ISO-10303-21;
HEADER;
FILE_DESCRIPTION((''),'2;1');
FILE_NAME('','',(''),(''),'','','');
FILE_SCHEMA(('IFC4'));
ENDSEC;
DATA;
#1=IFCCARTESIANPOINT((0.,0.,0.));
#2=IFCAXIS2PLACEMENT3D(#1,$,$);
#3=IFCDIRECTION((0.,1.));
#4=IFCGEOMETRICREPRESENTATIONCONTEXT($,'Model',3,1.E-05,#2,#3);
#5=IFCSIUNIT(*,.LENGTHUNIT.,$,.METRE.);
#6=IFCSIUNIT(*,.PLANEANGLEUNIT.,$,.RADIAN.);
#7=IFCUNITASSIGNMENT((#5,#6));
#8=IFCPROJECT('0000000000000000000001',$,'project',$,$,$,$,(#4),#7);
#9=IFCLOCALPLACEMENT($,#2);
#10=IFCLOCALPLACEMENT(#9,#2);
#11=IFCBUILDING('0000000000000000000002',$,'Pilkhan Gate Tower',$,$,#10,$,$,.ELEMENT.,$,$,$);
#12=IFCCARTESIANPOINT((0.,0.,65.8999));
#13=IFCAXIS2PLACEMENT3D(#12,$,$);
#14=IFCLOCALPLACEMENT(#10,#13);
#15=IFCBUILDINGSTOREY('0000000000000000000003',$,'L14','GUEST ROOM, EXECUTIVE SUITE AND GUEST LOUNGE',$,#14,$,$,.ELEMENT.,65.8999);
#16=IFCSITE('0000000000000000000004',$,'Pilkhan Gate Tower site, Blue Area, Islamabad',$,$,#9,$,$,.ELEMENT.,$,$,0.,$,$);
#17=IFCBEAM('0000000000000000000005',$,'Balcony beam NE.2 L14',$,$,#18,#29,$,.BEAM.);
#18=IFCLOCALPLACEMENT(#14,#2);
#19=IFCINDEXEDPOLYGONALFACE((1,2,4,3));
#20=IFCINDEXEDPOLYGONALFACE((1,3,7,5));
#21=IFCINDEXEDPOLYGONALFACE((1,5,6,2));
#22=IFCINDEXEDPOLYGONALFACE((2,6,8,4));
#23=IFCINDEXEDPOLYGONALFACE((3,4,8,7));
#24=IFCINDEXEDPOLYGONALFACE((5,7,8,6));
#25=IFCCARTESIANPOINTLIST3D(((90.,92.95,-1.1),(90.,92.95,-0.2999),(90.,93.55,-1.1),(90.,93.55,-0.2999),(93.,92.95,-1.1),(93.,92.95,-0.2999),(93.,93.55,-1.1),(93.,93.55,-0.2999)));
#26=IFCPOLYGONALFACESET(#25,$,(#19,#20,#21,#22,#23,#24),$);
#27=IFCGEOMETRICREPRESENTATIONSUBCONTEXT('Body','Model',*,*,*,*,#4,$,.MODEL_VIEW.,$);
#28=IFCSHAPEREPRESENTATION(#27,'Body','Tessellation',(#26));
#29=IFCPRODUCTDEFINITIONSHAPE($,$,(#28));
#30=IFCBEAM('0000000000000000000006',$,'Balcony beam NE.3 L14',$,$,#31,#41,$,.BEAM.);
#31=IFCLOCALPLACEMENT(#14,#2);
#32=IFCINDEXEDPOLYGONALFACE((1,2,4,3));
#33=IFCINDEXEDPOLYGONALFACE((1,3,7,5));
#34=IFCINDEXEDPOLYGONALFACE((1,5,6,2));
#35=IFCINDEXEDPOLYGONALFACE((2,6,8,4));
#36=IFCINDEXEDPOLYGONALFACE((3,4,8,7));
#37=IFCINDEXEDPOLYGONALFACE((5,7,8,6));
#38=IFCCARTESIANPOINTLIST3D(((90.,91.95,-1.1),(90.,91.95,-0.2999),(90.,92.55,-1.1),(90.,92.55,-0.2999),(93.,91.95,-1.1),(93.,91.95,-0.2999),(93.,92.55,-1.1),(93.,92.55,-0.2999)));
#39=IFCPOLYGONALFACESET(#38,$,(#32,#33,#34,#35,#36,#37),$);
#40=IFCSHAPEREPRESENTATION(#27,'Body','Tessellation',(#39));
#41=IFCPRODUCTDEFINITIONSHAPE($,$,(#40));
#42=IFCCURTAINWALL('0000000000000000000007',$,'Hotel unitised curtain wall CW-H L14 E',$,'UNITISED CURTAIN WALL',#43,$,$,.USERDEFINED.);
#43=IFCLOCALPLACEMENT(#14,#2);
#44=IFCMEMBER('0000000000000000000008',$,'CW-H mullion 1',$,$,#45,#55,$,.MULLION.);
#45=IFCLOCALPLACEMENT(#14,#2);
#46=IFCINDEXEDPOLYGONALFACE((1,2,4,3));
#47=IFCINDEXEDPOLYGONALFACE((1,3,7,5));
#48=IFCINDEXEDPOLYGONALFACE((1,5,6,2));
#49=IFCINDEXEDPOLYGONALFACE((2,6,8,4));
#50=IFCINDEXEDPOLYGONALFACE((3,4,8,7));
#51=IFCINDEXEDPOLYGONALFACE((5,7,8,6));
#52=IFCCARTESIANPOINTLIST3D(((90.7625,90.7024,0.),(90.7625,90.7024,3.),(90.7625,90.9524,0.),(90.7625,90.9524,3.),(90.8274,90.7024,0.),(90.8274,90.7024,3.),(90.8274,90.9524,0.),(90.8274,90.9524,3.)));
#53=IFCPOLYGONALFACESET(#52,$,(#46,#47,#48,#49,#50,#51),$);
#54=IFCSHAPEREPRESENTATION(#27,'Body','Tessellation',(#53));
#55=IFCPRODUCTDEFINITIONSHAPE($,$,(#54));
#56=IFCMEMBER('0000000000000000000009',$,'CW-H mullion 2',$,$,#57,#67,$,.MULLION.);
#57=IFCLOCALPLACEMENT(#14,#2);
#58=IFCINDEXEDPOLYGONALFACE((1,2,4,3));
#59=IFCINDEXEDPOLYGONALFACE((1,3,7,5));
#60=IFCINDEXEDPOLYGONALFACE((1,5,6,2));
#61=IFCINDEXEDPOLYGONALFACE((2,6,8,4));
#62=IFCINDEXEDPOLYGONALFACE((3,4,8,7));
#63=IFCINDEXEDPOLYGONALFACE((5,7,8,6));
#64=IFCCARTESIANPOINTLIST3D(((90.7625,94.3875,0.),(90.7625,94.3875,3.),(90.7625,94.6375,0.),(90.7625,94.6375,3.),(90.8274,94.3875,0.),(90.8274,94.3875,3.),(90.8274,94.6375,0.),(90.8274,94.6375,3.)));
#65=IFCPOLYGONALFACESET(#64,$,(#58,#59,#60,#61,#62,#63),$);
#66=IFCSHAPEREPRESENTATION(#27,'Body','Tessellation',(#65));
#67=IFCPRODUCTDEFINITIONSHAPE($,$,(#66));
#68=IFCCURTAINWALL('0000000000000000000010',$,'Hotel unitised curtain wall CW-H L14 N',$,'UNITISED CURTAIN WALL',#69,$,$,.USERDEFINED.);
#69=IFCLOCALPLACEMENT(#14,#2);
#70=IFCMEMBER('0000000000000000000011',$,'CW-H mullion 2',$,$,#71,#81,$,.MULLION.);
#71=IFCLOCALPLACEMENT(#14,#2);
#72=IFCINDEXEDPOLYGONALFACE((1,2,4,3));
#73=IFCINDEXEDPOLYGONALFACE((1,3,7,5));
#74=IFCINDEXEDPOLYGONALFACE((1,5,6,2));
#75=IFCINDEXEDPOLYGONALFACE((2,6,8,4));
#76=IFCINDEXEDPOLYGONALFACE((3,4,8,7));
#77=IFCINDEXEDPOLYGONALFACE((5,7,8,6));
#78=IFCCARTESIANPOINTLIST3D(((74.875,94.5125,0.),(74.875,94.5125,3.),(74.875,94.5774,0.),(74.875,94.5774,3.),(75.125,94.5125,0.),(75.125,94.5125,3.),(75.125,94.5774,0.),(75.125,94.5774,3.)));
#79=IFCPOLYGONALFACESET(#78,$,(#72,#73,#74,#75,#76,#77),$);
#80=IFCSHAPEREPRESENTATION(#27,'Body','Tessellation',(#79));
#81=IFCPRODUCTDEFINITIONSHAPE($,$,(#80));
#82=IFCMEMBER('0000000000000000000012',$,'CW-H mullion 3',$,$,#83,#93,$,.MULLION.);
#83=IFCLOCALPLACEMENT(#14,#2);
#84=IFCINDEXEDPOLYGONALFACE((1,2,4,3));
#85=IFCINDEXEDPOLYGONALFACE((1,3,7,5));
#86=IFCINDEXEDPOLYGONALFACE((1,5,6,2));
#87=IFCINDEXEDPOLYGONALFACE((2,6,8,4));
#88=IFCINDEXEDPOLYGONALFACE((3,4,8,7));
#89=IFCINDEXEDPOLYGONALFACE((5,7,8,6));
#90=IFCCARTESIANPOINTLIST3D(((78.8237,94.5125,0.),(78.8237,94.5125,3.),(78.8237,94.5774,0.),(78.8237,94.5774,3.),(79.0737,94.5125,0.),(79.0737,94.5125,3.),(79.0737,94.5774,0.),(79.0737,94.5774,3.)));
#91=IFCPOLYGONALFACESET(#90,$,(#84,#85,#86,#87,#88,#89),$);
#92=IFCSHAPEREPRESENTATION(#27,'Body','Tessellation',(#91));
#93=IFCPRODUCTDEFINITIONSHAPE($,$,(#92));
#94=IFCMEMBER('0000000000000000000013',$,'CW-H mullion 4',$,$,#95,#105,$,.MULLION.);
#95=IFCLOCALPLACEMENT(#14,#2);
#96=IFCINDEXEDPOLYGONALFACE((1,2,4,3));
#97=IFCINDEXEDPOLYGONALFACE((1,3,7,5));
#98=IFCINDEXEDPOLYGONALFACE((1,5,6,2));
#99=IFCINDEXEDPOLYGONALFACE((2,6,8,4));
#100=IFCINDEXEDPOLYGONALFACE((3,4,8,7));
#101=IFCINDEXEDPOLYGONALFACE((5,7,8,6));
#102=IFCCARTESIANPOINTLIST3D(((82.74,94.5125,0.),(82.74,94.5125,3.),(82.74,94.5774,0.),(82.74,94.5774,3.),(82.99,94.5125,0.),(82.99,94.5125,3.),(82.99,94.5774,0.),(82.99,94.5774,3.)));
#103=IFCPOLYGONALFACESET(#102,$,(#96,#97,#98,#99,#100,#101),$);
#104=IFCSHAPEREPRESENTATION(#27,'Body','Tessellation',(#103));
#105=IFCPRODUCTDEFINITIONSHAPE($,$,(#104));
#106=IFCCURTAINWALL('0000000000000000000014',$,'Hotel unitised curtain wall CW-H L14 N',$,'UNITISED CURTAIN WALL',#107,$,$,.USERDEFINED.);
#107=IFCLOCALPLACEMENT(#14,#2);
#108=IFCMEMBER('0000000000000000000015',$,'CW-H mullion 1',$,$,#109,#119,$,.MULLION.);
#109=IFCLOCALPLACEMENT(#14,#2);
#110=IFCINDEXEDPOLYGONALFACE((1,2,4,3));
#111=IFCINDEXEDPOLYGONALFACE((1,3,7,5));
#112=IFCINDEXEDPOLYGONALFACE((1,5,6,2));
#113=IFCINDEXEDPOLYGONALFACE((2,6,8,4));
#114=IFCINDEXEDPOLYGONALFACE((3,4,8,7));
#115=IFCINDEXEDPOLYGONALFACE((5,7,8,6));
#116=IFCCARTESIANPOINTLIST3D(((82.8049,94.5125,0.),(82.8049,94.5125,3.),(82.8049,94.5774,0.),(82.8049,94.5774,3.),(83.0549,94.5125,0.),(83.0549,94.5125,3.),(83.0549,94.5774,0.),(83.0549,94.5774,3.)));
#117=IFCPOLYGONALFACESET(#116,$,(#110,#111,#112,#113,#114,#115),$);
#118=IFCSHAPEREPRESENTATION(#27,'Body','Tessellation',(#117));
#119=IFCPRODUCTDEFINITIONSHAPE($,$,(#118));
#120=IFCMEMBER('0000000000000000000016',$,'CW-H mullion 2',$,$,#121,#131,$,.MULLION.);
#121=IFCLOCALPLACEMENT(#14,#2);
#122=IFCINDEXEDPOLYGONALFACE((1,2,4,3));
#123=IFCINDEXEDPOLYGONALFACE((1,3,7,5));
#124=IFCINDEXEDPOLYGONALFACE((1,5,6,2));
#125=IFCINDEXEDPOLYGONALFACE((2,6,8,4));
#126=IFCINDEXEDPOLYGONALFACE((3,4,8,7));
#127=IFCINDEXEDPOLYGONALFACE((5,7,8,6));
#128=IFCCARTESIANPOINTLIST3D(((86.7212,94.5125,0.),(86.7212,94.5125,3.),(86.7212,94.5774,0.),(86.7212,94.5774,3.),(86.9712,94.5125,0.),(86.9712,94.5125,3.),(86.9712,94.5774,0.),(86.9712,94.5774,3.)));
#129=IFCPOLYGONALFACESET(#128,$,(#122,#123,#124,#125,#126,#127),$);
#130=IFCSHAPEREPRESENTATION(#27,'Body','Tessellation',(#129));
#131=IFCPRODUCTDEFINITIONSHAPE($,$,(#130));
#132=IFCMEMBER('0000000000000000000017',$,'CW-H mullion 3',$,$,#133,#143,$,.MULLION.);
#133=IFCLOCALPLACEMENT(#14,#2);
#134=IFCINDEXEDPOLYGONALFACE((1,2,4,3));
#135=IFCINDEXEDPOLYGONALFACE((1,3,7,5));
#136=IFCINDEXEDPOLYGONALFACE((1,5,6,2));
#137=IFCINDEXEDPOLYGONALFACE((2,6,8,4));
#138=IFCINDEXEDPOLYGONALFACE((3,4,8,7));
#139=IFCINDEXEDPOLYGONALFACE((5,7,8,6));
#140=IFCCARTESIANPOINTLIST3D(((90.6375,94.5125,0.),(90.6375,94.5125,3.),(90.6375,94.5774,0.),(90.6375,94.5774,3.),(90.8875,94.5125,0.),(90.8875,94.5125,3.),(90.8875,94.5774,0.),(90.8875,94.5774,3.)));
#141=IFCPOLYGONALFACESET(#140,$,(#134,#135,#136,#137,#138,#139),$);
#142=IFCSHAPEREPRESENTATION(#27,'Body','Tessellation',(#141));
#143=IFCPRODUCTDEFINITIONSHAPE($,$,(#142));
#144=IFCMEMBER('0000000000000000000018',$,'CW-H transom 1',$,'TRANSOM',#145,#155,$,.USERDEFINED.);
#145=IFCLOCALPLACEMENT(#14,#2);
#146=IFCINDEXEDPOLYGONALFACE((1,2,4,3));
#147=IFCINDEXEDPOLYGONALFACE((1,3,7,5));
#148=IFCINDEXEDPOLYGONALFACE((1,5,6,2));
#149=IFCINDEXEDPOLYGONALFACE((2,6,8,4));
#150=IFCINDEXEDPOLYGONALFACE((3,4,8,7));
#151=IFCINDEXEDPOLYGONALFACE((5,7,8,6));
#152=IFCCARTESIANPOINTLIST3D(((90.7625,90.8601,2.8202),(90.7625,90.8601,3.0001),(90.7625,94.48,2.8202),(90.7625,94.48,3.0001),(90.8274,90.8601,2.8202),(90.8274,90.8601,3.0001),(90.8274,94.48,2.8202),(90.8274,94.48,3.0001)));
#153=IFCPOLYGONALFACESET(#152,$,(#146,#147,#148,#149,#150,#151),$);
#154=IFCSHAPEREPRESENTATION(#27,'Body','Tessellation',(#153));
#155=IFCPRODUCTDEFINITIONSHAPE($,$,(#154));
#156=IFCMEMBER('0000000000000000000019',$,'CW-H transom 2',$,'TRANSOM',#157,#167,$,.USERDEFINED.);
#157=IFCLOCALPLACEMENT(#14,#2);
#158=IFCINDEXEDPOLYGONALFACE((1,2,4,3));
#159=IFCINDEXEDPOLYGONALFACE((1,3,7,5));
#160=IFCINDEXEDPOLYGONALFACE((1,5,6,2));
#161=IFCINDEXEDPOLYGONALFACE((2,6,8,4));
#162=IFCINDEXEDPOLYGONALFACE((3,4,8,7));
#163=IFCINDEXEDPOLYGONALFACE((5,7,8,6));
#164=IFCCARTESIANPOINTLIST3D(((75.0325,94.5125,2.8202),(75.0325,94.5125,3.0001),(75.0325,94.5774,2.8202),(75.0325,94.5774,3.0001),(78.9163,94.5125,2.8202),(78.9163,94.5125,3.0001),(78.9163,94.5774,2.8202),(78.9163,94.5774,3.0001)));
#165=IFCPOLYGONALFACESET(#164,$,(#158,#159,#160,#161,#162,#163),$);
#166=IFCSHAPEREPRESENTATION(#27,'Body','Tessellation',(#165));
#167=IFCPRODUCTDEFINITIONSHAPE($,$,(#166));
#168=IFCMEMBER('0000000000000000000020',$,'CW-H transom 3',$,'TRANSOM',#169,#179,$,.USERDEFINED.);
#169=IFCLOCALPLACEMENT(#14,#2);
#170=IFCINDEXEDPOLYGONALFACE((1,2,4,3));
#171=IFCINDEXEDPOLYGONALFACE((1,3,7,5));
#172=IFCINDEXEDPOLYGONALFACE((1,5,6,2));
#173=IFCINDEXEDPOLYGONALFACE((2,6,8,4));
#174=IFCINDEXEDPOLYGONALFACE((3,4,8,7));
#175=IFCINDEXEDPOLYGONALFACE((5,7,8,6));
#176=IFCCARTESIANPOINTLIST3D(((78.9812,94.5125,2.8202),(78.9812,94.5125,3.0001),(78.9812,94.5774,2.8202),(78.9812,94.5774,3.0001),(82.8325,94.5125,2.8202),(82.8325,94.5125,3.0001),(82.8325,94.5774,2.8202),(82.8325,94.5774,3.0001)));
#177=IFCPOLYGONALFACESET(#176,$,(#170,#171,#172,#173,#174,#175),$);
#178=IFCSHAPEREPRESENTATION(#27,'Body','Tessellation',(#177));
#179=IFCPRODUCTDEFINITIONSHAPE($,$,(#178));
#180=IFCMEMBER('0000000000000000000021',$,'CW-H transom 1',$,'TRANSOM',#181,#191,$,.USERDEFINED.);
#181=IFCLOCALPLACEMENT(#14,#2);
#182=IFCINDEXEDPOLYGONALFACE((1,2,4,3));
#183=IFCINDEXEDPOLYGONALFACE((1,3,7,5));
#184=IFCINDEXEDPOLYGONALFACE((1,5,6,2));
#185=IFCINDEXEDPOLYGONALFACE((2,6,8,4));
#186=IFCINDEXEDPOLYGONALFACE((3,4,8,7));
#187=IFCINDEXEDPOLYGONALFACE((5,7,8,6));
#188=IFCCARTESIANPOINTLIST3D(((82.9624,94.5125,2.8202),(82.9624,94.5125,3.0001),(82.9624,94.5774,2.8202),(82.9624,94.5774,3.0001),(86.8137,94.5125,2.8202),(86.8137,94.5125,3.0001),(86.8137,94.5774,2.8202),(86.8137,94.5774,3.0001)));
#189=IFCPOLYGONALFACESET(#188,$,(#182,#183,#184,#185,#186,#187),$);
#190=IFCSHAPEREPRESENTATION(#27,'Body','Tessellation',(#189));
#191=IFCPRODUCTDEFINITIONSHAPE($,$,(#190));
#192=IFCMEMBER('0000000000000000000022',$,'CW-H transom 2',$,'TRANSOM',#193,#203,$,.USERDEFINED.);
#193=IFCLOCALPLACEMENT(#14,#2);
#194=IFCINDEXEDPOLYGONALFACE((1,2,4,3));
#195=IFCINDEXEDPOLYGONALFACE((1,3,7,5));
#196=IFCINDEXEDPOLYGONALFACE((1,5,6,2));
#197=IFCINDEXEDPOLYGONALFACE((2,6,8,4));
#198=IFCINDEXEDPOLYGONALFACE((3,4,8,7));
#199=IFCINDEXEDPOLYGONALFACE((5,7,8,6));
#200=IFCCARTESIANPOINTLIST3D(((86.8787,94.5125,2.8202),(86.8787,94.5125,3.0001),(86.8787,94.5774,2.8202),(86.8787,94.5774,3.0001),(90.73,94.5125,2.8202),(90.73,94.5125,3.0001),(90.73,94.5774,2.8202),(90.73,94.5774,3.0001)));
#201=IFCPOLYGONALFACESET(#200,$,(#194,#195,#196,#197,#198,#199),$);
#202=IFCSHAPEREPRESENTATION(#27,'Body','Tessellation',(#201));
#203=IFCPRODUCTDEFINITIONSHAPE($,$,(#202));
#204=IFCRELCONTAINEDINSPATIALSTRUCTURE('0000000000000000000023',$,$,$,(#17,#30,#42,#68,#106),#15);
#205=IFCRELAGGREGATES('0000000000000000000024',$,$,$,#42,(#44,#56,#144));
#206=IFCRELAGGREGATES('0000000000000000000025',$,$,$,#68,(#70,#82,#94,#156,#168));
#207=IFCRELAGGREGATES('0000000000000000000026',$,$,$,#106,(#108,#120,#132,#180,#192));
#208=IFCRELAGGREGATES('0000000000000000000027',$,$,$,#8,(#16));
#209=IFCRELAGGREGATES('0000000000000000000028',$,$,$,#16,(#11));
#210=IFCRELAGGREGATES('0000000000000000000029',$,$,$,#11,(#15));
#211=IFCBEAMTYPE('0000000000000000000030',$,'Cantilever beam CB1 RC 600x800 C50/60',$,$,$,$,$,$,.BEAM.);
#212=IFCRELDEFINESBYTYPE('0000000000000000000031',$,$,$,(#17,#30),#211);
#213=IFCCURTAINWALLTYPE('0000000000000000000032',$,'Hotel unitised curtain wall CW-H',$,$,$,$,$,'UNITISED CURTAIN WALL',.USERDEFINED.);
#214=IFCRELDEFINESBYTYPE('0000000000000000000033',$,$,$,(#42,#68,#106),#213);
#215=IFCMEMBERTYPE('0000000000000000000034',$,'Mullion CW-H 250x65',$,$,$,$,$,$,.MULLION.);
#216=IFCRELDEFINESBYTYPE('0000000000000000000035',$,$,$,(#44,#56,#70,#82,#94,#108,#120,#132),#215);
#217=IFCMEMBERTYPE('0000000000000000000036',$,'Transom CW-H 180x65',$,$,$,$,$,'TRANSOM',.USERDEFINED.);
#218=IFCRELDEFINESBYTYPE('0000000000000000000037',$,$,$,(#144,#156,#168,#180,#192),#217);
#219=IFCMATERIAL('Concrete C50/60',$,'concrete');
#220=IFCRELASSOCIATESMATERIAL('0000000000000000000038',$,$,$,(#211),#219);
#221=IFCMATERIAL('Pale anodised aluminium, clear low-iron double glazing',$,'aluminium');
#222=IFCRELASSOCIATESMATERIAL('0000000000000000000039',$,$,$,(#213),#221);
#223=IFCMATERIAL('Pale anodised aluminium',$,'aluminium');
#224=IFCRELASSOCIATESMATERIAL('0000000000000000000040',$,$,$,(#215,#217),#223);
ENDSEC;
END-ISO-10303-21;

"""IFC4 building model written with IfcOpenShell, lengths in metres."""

from ifc_helpers import new_model, si_unit, direction, frame, origin, origin_2d, place, context, subcontext, project, spatial, rectangle, extrude, material, material_profile, profile_set, type_object, element, aggregate, save


model = new_model("IFC4")

# Units and contexts
model_context = context("Model", 3, precision=1e-05, world=origin(), true_north=direction((0.0, 1.0)))
body_context = subcontext(model_context, "Body", "Model", "MODEL_VIEW")
ifc_project = project(units=[si_unit("LENGTHUNIT", "METRE"), si_unit("PLANEANGLEUNIT", "RADIAN")], contexts=[model_context])

# Site, building, storey
site_placement = place(None, origin())
site = spatial("IfcSite", under=ifc_project, at=site_placement, Name="Pilkhan Gate Tower site, Blue Area, Islamabad", CompositionType="ELEMENT", RefElevation=0.0)
building_placement = place(site_placement, origin())
building = spatial("IfcBuilding", under=site, at=building_placement, Name="Pilkhan Gate Tower", CompositionType="ELEMENT")
storey_placement = place(building_placement, frame((0.0, 0.0, 65.8999)))
storey = spatial("IfcBuildingStorey", under=building, at=storey_placement, Name="L14", Description="GUEST ROOM, EXECUTIVE SUITE AND GUEST LOUNGE", CompositionType="ELEMENT", Elevation=65.8999)

# Beams
ifc_material_1 = material(Name="Concrete C50/60", Category="concrete")
ifc_material_profile_1 = material_profile(ifc_material_1, rectangle(XDim=0.6001, YDim=0.8, at=origin_2d()), Name="RC 600x800")
ifc_profile_set_1 = profile_set([ifc_material_profile_1], Name="Concrete C50/60")
beam_type = type_object("IfcBeamType", Name="Cantilever beam CB1 RC 600x800 C50/60", PredefinedType="BEAM", material=ifc_profile_set_1)
for number, where, z_axis, x_axis, name in (
    (1, (90.0, 93.25, -0.7), (1.0, 0.0, 0.0), (0.0, 1.0, 0.0), "Balcony beam NE.2 L14"),
    (2, (90.0, 92.25, -0.7), (1.0, 0.0, 0.0), (0.0, 1.0, 0.0), "Balcony beam NE.3 L14"),
):
    element("IfcBeam", number, at=place(storey_placement, frame(where, z_axis=z_axis, x_axis=x_axis)), inside=storey, type_object=beam_type, Name=name, PredefinedType="BEAM", context=body_context, shape_type="SweptSolid", body=[
        extrude(rectangle(XDim=0.6001, YDim=0.8, at=origin_2d()), origin(), (0.0, 0.0, 1.0), 3.0),
    ])

# Curtain walls, members
ifc_material_2 = material(Name="Pale anodised aluminium, clear low-iron double glazing", Category="aluminium")
curtain_wall_type = type_object("IfcCurtainWallType", Name="Hotel unitised curtain wall CW-H", ElementType="UNITISED CURTAIN WALL", PredefinedType="USERDEFINED", material=ifc_material_2)
curtain_wall_1_placement = place(storey_placement, origin())
curtain_wall_1 = element("IfcCurtainWall", 3, at=curtain_wall_1_placement, inside=storey, type_object=curtain_wall_type, Name="Hotel unitised curtain wall CW-H L14 E", ObjectType="UNITISED CURTAIN WALL", PredefinedType="USERDEFINED")
ifc_material_3 = material(Name="Pale anodised aluminium", Category="aluminium")
ifc_material_profile_2 = material_profile(ifc_material_3, rectangle(XDim=0.0649, YDim=0.25, at=origin_2d()), Name="Mullion 250x65")
ifc_profile_set_2 = profile_set([ifc_material_profile_2], Name="Pale anodised aluminium")
member_type_1 = type_object("IfcMemberType", Name="Mullion CW-H 250x65", PredefinedType="MULLION", material=ifc_profile_set_2)
member_1_placement = place(storey_placement, frame((90.7949, 90.8274, 0.0), z_axis=(0.0, 0.0, 1.0), x_axis=(-1.0, 0.0, 0.0)))
member_1 = element("IfcMember", 4, at=member_1_placement, type_object=member_type_1, Name="CW-H mullion 1", PredefinedType="MULLION", context=body_context, shape_type="SweptSolid", body=[
    extrude(rectangle(XDim=0.0649, YDim=0.25, at=origin_2d()), origin(), (0.0, 0.0, 1.0), 3.0),
])
member_2_placement = place(storey_placement, frame((90.7949, 94.5125, 0.0), z_axis=(0.0, 0.0, 1.0), x_axis=(-1.0, 0.0, 0.0)))
member_2 = element("IfcMember", 5, at=member_2_placement, type_object=member_type_1, Name="CW-H mullion 2", PredefinedType="MULLION", context=body_context, shape_type="SweptSolid", body=[
    extrude(rectangle(XDim=0.0649, YDim=0.25, at=origin_2d()), origin(), (0.0, 0.0, 1.0), 3.0),
])
curtain_wall_2_placement = place(storey_placement, origin())
curtain_wall_2 = element("IfcCurtainWall", 6, at=curtain_wall_2_placement, inside=storey, type_object=curtain_wall_type, Name="Hotel unitised curtain wall CW-H L14 N", ObjectType="UNITISED CURTAIN WALL", PredefinedType="USERDEFINED")
member_3_placement = place(storey_placement, frame((75.0, 94.5449, 0.0), z_axis=(0.0, 0.0, 1.0), x_axis=(0.0, 1.0, 0.0)))
member_3 = element("IfcMember", 7, at=member_3_placement, type_object=member_type_1, Name="CW-H mullion 2", PredefinedType="MULLION", context=body_context, shape_type="SweptSolid", body=[
    extrude(rectangle(XDim=0.0649, YDim=0.25, at=origin_2d()), origin(), (0.0, 0.0, 1.0), 3.0),
])
member_4_placement = place(storey_placement, frame((78.9487, 94.5449, 0.0), z_axis=(0.0, 0.0, 1.0), x_axis=(0.0, 1.0, 0.0)))
member_4 = element("IfcMember", 8, at=member_4_placement, type_object=member_type_1, Name="CW-H mullion 3", PredefinedType="MULLION", context=body_context, shape_type="SweptSolid", body=[
    extrude(rectangle(XDim=0.0649, YDim=0.25, at=origin_2d()), origin(), (0.0, 0.0, 1.0), 3.0),
])
member_5_placement = place(storey_placement, frame((82.865, 94.5449, 0.0), z_axis=(0.0, 0.0, 1.0), x_axis=(0.0, 1.0, 0.0)))
member_5 = element("IfcMember", 9, at=member_5_placement, type_object=member_type_1, Name="CW-H mullion 4", PredefinedType="MULLION", context=body_context, shape_type="SweptSolid", body=[
    extrude(rectangle(XDim=0.0649, YDim=0.25, at=origin_2d()), origin(), (0.0, 0.0, 1.0), 3.0),
])
curtain_wall_3_placement = place(storey_placement, origin())
curtain_wall_3 = element("IfcCurtainWall", 10, at=curtain_wall_3_placement, inside=storey, type_object=curtain_wall_type, Name="Hotel unitised curtain wall CW-H L14 N", ObjectType="UNITISED CURTAIN WALL", PredefinedType="USERDEFINED")
member_6_placement = place(storey_placement, frame((82.9299, 94.5449, 0.0), z_axis=(0.0, 0.0, 1.0), x_axis=(0.0, 1.0, 0.0)))
member_6 = element("IfcMember", 11, at=member_6_placement, type_object=member_type_1, Name="CW-H mullion 1", PredefinedType="MULLION", context=body_context, shape_type="SweptSolid", body=[
    extrude(rectangle(XDim=0.0649, YDim=0.25, at=origin_2d()), origin(), (0.0, 0.0, 1.0), 3.0),
])
member_7_placement = place(storey_placement, frame((86.8462, 94.5449, 0.0), z_axis=(0.0, 0.0, 1.0), x_axis=(0.0, 1.0, 0.0)))
member_7 = element("IfcMember", 12, at=member_7_placement, type_object=member_type_1, Name="CW-H mullion 2", PredefinedType="MULLION", context=body_context, shape_type="SweptSolid", body=[
    extrude(rectangle(XDim=0.0649, YDim=0.25, at=origin_2d()), origin(), (0.0, 0.0, 1.0), 3.0),
])
member_8_placement = place(storey_placement, frame((90.7625, 94.5449, 0.0), z_axis=(0.0, 0.0, 1.0), x_axis=(0.0, 1.0, 0.0)))
member_8 = element("IfcMember", 13, at=member_8_placement, type_object=member_type_1, Name="CW-H mullion 3", PredefinedType="MULLION", context=body_context, shape_type="SweptSolid", body=[
    extrude(rectangle(XDim=0.0649, YDim=0.25, at=origin_2d()), origin(), (0.0, 0.0, 1.0), 3.0),
])

# Members
ifc_material_profile_3 = material_profile(ifc_material_3, rectangle(XDim=0.0649, YDim=0.1799, at=origin_2d()), Name="Transom 180x65")
ifc_profile_set_3 = profile_set([ifc_material_profile_3], Name="Pale anodised aluminium")
member_type_2 = type_object("IfcMemberType", Name="Transom CW-H 180x65", ElementType="TRANSOM", PredefinedType="USERDEFINED", material=ifc_profile_set_3)
member_9_placement = place(storey_placement, frame((90.7949, 90.8601, 2.9102), z_axis=(0.0, 1.0, 0.0), x_axis=(-1.0, 0.0, 0.0)))
member_9 = element("IfcMember", 14, at=member_9_placement, type_object=member_type_2, Name="CW-H transom 1", ObjectType="TRANSOM", PredefinedType="USERDEFINED", context=body_context, shape_type="SweptSolid", body=[
    extrude(rectangle(XDim=0.0649, YDim=0.1799, at=origin_2d()), origin(), (0.0, 0.0, 1.0), 3.6199),
])
member_10_placement = place(storey_placement, frame((75.0325, 94.5449, 2.9102), z_axis=(1.0, 0.0, 0.0), x_axis=(0.0, 1.0, 0.0)))
member_10 = element("IfcMember", 15, at=member_10_placement, type_object=member_type_2, Name="CW-H transom 2", ObjectType="TRANSOM", PredefinedType="USERDEFINED", context=body_context, shape_type="SweptSolid", body=[
    extrude(rectangle(XDim=0.0649, YDim=0.1799, at=origin_2d()), origin(), (0.0, 0.0, 1.0), 3.8838),
])
member_11_placement = place(storey_placement, frame((78.9812, 94.5449, 2.9102), z_axis=(1.0, 0.0, 0.0), x_axis=(0.0, 1.0, 0.0)))
member_11 = element("IfcMember", 16, at=member_11_placement, type_object=member_type_2, Name="CW-H transom 3", ObjectType="TRANSOM", PredefinedType="USERDEFINED", context=body_context, shape_type="SweptSolid", body=[
    extrude(rectangle(XDim=0.0649, YDim=0.1799, at=origin_2d()), origin(), (0.0, 0.0, 1.0), 3.8513),
])
member_12_placement = place(storey_placement, frame((82.9624, 94.5449, 2.9102), z_axis=(1.0, 0.0, 0.0), x_axis=(0.0, 1.0, 0.0)))
member_12 = element("IfcMember", 17, at=member_12_placement, type_object=member_type_2, Name="CW-H transom 1", ObjectType="TRANSOM", PredefinedType="USERDEFINED", context=body_context, shape_type="SweptSolid", body=[
    extrude(rectangle(XDim=0.0649, YDim=0.1799, at=origin_2d()), origin(), (0.0, 0.0, 1.0), 3.8513),
])
member_13_placement = place(storey_placement, frame((86.8787, 94.5449, 2.9102), z_axis=(1.0, 0.0, 0.0), x_axis=(0.0, 1.0, 0.0)))
member_13 = element("IfcMember", 18, at=member_13_placement, type_object=member_type_2, Name="CW-H transom 2", ObjectType="TRANSOM", PredefinedType="USERDEFINED", context=body_context, shape_type="SweptSolid", body=[
    extrude(rectangle(XDim=0.0649, YDim=0.1799, at=origin_2d()), origin(), (0.0, 0.0, 1.0), 3.8513),
])

aggregate(curtain_wall_1, [member_1, member_2, member_9])
aggregate(curtain_wall_2, [member_3, member_4, member_5, member_10, member_11])
aggregate(curtain_wall_3, [member_6, member_7, member_8, member_12, member_13])

save(model, "model.ifc")
